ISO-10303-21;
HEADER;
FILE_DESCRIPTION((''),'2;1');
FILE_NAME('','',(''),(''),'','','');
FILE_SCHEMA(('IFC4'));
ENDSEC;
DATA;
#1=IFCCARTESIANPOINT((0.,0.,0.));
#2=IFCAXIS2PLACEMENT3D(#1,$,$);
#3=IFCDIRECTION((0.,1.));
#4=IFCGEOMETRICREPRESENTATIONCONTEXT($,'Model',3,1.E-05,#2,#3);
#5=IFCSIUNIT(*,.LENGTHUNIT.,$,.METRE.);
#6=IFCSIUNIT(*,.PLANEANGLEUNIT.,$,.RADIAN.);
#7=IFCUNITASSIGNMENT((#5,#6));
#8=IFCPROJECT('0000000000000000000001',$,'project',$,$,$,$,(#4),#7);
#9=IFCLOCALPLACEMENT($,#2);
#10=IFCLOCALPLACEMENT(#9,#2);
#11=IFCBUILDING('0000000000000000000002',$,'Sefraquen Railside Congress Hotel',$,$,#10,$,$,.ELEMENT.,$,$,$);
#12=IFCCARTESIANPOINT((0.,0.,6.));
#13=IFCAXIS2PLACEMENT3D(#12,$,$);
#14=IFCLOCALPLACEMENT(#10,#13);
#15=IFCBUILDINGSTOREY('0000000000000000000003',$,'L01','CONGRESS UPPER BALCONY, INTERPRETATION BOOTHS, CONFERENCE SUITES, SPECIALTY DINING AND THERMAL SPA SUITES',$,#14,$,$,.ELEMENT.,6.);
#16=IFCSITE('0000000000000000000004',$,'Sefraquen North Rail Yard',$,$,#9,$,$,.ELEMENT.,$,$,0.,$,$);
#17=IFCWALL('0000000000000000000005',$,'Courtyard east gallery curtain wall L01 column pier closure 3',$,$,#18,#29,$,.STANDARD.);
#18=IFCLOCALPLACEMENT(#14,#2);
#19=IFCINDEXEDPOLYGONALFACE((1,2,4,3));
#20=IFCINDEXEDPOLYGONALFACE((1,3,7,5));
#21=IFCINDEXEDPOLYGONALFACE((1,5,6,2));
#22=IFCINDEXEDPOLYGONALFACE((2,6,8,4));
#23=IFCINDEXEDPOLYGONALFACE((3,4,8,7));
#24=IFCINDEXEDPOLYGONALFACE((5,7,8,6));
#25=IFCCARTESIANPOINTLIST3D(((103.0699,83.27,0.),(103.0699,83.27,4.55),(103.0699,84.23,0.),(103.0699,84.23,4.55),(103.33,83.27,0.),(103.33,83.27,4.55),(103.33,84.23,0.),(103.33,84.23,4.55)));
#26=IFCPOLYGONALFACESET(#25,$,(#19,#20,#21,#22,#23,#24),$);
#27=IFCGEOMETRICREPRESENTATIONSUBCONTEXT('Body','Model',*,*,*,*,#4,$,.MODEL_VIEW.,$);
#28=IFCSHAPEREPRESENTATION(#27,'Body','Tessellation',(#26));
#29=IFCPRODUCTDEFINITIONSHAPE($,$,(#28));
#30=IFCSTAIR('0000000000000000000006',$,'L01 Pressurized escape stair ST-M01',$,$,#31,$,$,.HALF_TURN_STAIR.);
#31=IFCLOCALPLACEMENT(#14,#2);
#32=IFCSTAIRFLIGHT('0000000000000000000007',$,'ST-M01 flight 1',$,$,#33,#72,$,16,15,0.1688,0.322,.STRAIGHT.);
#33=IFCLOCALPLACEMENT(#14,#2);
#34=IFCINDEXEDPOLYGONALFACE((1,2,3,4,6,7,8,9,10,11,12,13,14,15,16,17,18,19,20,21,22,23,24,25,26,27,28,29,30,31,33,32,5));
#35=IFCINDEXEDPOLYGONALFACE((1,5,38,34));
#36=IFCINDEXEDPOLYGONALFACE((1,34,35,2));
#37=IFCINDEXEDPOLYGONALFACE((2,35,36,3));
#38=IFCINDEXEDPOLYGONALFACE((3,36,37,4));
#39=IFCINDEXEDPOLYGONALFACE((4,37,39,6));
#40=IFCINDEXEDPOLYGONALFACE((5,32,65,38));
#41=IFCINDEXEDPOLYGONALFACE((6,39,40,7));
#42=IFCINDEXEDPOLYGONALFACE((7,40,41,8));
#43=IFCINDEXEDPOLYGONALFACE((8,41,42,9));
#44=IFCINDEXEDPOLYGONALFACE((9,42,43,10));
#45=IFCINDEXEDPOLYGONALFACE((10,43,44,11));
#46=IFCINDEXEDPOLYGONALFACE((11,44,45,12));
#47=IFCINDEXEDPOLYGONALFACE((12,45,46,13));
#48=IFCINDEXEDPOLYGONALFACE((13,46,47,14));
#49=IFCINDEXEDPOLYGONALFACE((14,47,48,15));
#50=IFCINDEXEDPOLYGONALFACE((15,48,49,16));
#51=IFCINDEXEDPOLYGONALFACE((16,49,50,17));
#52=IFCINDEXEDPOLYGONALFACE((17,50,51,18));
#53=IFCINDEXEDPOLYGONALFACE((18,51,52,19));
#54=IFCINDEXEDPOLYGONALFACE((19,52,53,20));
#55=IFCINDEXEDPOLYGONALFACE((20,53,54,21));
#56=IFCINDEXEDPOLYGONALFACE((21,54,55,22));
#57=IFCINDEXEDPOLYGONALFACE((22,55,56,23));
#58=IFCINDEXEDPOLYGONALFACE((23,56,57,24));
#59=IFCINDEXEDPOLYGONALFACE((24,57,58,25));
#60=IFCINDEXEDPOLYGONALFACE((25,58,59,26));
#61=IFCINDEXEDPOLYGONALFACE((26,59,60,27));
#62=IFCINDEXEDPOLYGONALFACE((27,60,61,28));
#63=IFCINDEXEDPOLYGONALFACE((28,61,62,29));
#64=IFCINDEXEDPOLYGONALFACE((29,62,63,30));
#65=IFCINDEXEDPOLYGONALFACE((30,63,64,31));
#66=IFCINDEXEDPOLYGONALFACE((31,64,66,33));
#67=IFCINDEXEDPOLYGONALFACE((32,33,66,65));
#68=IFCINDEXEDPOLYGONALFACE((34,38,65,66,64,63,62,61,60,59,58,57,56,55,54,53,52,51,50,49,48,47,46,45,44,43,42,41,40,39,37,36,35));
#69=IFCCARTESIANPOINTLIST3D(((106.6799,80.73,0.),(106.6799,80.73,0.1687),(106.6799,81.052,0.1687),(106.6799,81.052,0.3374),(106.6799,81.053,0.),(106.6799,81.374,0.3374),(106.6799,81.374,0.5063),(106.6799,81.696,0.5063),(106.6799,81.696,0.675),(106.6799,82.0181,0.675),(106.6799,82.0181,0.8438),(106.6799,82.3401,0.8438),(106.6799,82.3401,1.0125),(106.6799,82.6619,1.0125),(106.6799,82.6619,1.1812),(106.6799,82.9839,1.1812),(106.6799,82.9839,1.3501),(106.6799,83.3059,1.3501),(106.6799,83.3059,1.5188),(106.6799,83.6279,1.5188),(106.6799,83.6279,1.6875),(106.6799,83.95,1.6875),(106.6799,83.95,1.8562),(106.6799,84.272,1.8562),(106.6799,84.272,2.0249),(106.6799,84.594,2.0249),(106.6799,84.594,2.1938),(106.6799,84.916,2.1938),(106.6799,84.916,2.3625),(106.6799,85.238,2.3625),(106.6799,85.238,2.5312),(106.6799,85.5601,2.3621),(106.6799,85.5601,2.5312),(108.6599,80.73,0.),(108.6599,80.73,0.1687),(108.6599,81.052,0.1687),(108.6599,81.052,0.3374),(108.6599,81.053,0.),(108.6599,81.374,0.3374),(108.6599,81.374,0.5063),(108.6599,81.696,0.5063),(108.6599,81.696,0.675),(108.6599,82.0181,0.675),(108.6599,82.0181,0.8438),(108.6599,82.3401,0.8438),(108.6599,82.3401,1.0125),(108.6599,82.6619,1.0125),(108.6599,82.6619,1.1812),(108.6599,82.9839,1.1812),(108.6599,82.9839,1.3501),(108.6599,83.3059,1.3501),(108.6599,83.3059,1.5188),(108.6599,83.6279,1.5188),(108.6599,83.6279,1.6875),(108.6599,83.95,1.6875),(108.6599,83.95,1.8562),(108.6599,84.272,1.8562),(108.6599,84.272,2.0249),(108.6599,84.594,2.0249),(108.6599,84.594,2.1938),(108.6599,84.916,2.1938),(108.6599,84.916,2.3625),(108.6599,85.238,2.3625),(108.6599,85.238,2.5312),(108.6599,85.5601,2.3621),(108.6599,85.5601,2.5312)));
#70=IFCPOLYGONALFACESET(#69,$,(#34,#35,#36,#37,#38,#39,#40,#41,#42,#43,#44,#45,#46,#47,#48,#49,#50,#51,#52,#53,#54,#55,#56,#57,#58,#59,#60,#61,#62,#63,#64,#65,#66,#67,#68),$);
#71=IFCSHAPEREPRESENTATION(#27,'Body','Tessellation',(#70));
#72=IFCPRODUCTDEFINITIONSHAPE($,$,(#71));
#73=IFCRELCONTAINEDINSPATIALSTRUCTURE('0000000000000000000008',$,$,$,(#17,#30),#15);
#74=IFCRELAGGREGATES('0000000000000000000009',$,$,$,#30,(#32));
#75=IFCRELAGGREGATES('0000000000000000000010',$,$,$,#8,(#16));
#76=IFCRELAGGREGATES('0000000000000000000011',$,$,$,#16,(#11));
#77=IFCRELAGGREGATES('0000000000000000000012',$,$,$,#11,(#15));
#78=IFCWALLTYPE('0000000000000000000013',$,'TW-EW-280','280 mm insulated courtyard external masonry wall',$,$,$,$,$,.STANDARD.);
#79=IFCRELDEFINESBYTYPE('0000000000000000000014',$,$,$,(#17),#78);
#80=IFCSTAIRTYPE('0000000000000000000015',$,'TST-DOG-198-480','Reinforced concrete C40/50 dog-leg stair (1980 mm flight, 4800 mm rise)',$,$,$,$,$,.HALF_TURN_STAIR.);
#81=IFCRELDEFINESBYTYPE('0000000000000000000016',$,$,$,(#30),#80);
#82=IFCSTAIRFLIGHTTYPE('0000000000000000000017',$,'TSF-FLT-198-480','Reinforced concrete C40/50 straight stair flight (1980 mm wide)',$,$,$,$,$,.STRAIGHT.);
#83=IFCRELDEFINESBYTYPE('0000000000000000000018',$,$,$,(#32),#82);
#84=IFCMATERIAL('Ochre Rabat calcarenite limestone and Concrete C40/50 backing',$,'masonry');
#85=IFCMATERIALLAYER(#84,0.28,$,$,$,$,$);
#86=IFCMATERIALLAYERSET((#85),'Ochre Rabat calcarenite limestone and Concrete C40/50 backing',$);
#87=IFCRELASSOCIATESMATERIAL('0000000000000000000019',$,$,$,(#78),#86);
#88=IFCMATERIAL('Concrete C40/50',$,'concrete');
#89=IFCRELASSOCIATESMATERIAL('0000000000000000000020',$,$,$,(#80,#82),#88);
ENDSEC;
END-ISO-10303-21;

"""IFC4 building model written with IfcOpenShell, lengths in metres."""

from ifc_helpers import new_model, si_unit, direction, frame, frame_2d, origin, place, context, subcontext, project, spatial, polyline, rectangle, outline, extrude, material, layer, layer_set, type_object, element, aggregate, save


model = new_model("IFC4")

# Units and contexts
model_context = context("Model", 3, precision=1e-05, world=origin(), true_north=direction((0.0, 1.0)))
body_context = subcontext(model_context, "Body", "Model", "MODEL_VIEW")
ifc_project = project(units=[si_unit("LENGTHUNIT", "METRE"), si_unit("PLANEANGLEUNIT", "RADIAN")], contexts=[model_context])

# Site, building, storey
site_placement = place(None, origin())
site = spatial("IfcSite", under=ifc_project, at=site_placement, Name="Sefraquen North Rail Yard", CompositionType="ELEMENT", RefElevation=0.0)
building_placement = place(site_placement, origin())
building = spatial("IfcBuilding", under=site, at=building_placement, Name="Sefraquen Railside Congress Hotel", CompositionType="ELEMENT")
storey_placement = place(building_placement, frame((0.0, 0.0, 6.0)))
storey = spatial("IfcBuildingStorey", under=building, at=storey_placement, Name="L01", Description="CONGRESS UPPER BALCONY, INTERPRETATION BOOTHS, CONFERENCE SUITES, SPECIALTY DINING AND THERMAL SPA SUITES", CompositionType="ELEMENT", Elevation=6.0)

# Wall
ifc_material_1 = material(Name="Ochre Rabat calcarenite limestone and Concrete C40/50 backing", Category="masonry")
ifc_layer_1 = layer(ifc_material_1, 0.28)
ifc_layer_set_1 = layer_set([ifc_layer_1], Name="Ochre Rabat calcarenite limestone and Concrete C40/50 backing")
wall_type_1 = type_object("IfcWallType", Name="TW-EW-280", Description="280 mm insulated courtyard external masonry wall", PredefinedType="STANDARD", material=ifc_layer_set_1)
for number, where, z_axis, x_axis, name in (
    (1, (103.2, 83.27, 0.0), (0.0, 0.0, 1.0), (0.0, 1.0, 0.0), "Courtyard east gallery curtain wall L01 column pier closure 3"),
):
    element("IfcWall", number, at=place(storey_placement, frame(where, z_axis=z_axis, x_axis=x_axis)), inside=storey, type_object=wall_type_1, Name=name, PredefinedType="STANDARD", context=body_context, shape_type="SweptSolid", body=[
        extrude(rectangle(XDim=0.96, YDim=0.26, at=frame_2d((0.48, 0.0))), origin(), (0.0, 0.0, 1.0), 4.55),
    ])

# Stair, stair flight
ifc_material_2 = material(Name="Concrete C40/50", Category="concrete")
stair_type = type_object("IfcStairType", Name="TST-DOG-198-480", Description="Reinforced concrete C40/50 dog-leg stair (1980 mm flight, 4800 mm rise)", PredefinedType="HALF_TURN_STAIR", material=ifc_material_2)
stair_placement = place(storey_placement, origin())
stair = element("IfcStair", 2, at=stair_placement, inside=storey, type_object=stair_type, Name="L01 Pressurized escape stair ST-M01", PredefinedType="HALF_TURN_STAIR")
stair_flight_type = type_object("IfcStairFlightType", Name="TSF-FLT-198-480", Description="Reinforced concrete C40/50 straight stair flight (1980 mm wide)", PredefinedType="STRAIGHT", material=ifc_material_2)
stair_flight_placement = place(storey_placement, frame((107.6699, 80.73, 0.0), z_axis=(0.0, 0.0, 1.0), x_axis=(0.0, 1.0, 0.0)))
stair_flight = element("IfcStairFlight", 3, at=stair_flight_placement, type_object=stair_flight_type, Name="ST-M01 flight 1", NumberOfRisers=16, NumberOfTreads=15, PredefinedType="STRAIGHT", RiserHeight=0.1688, TreadLength=0.322, context=body_context, shape_type="SweptSolid", body=[
    extrude(outline(polyline([(0.0, 0.0), (0.0, 0.1687), (0.322, 0.1687), (0.322, 0.3374), (0.644, 0.3374), (0.644, 0.5063), (0.9661, 0.5063), (0.9661, 0.675), (1.2881, 0.675), (1.2881, 0.8438), (1.6101, 0.8438), (1.6101, 1.0125), (1.9319, 1.0125), (1.9319, 1.1812), (2.2539, 1.1812), (2.2539, 1.3501), (2.5759, 1.3501), (2.5759, 1.5188), (2.8979, 1.5188), (2.8979, 1.6875), (3.22, 1.6875), (3.22, 1.8562), (3.542, 1.8562), (3.542, 2.0249), (3.864, 2.0249), (3.864, 2.1938), (4.186, 2.1938), (4.186, 2.3625), (4.5081, 2.3625), (4.5081, 2.5312), (4.8301, 2.5312), (4.8301, 2.7), (4.8301, 2.3621), (0.323, 0.0), (0.0, 0.0)])), frame((0.0, 0.99, 0.0), z_axis=(0.0, -1.0, 0.0), x_axis=(1.0, 0.0, 0.0)), (0.0, 0.0, 1.0), 1.98),
])
aggregate(stair, [stair_flight])

save(model, "model.ifc")
